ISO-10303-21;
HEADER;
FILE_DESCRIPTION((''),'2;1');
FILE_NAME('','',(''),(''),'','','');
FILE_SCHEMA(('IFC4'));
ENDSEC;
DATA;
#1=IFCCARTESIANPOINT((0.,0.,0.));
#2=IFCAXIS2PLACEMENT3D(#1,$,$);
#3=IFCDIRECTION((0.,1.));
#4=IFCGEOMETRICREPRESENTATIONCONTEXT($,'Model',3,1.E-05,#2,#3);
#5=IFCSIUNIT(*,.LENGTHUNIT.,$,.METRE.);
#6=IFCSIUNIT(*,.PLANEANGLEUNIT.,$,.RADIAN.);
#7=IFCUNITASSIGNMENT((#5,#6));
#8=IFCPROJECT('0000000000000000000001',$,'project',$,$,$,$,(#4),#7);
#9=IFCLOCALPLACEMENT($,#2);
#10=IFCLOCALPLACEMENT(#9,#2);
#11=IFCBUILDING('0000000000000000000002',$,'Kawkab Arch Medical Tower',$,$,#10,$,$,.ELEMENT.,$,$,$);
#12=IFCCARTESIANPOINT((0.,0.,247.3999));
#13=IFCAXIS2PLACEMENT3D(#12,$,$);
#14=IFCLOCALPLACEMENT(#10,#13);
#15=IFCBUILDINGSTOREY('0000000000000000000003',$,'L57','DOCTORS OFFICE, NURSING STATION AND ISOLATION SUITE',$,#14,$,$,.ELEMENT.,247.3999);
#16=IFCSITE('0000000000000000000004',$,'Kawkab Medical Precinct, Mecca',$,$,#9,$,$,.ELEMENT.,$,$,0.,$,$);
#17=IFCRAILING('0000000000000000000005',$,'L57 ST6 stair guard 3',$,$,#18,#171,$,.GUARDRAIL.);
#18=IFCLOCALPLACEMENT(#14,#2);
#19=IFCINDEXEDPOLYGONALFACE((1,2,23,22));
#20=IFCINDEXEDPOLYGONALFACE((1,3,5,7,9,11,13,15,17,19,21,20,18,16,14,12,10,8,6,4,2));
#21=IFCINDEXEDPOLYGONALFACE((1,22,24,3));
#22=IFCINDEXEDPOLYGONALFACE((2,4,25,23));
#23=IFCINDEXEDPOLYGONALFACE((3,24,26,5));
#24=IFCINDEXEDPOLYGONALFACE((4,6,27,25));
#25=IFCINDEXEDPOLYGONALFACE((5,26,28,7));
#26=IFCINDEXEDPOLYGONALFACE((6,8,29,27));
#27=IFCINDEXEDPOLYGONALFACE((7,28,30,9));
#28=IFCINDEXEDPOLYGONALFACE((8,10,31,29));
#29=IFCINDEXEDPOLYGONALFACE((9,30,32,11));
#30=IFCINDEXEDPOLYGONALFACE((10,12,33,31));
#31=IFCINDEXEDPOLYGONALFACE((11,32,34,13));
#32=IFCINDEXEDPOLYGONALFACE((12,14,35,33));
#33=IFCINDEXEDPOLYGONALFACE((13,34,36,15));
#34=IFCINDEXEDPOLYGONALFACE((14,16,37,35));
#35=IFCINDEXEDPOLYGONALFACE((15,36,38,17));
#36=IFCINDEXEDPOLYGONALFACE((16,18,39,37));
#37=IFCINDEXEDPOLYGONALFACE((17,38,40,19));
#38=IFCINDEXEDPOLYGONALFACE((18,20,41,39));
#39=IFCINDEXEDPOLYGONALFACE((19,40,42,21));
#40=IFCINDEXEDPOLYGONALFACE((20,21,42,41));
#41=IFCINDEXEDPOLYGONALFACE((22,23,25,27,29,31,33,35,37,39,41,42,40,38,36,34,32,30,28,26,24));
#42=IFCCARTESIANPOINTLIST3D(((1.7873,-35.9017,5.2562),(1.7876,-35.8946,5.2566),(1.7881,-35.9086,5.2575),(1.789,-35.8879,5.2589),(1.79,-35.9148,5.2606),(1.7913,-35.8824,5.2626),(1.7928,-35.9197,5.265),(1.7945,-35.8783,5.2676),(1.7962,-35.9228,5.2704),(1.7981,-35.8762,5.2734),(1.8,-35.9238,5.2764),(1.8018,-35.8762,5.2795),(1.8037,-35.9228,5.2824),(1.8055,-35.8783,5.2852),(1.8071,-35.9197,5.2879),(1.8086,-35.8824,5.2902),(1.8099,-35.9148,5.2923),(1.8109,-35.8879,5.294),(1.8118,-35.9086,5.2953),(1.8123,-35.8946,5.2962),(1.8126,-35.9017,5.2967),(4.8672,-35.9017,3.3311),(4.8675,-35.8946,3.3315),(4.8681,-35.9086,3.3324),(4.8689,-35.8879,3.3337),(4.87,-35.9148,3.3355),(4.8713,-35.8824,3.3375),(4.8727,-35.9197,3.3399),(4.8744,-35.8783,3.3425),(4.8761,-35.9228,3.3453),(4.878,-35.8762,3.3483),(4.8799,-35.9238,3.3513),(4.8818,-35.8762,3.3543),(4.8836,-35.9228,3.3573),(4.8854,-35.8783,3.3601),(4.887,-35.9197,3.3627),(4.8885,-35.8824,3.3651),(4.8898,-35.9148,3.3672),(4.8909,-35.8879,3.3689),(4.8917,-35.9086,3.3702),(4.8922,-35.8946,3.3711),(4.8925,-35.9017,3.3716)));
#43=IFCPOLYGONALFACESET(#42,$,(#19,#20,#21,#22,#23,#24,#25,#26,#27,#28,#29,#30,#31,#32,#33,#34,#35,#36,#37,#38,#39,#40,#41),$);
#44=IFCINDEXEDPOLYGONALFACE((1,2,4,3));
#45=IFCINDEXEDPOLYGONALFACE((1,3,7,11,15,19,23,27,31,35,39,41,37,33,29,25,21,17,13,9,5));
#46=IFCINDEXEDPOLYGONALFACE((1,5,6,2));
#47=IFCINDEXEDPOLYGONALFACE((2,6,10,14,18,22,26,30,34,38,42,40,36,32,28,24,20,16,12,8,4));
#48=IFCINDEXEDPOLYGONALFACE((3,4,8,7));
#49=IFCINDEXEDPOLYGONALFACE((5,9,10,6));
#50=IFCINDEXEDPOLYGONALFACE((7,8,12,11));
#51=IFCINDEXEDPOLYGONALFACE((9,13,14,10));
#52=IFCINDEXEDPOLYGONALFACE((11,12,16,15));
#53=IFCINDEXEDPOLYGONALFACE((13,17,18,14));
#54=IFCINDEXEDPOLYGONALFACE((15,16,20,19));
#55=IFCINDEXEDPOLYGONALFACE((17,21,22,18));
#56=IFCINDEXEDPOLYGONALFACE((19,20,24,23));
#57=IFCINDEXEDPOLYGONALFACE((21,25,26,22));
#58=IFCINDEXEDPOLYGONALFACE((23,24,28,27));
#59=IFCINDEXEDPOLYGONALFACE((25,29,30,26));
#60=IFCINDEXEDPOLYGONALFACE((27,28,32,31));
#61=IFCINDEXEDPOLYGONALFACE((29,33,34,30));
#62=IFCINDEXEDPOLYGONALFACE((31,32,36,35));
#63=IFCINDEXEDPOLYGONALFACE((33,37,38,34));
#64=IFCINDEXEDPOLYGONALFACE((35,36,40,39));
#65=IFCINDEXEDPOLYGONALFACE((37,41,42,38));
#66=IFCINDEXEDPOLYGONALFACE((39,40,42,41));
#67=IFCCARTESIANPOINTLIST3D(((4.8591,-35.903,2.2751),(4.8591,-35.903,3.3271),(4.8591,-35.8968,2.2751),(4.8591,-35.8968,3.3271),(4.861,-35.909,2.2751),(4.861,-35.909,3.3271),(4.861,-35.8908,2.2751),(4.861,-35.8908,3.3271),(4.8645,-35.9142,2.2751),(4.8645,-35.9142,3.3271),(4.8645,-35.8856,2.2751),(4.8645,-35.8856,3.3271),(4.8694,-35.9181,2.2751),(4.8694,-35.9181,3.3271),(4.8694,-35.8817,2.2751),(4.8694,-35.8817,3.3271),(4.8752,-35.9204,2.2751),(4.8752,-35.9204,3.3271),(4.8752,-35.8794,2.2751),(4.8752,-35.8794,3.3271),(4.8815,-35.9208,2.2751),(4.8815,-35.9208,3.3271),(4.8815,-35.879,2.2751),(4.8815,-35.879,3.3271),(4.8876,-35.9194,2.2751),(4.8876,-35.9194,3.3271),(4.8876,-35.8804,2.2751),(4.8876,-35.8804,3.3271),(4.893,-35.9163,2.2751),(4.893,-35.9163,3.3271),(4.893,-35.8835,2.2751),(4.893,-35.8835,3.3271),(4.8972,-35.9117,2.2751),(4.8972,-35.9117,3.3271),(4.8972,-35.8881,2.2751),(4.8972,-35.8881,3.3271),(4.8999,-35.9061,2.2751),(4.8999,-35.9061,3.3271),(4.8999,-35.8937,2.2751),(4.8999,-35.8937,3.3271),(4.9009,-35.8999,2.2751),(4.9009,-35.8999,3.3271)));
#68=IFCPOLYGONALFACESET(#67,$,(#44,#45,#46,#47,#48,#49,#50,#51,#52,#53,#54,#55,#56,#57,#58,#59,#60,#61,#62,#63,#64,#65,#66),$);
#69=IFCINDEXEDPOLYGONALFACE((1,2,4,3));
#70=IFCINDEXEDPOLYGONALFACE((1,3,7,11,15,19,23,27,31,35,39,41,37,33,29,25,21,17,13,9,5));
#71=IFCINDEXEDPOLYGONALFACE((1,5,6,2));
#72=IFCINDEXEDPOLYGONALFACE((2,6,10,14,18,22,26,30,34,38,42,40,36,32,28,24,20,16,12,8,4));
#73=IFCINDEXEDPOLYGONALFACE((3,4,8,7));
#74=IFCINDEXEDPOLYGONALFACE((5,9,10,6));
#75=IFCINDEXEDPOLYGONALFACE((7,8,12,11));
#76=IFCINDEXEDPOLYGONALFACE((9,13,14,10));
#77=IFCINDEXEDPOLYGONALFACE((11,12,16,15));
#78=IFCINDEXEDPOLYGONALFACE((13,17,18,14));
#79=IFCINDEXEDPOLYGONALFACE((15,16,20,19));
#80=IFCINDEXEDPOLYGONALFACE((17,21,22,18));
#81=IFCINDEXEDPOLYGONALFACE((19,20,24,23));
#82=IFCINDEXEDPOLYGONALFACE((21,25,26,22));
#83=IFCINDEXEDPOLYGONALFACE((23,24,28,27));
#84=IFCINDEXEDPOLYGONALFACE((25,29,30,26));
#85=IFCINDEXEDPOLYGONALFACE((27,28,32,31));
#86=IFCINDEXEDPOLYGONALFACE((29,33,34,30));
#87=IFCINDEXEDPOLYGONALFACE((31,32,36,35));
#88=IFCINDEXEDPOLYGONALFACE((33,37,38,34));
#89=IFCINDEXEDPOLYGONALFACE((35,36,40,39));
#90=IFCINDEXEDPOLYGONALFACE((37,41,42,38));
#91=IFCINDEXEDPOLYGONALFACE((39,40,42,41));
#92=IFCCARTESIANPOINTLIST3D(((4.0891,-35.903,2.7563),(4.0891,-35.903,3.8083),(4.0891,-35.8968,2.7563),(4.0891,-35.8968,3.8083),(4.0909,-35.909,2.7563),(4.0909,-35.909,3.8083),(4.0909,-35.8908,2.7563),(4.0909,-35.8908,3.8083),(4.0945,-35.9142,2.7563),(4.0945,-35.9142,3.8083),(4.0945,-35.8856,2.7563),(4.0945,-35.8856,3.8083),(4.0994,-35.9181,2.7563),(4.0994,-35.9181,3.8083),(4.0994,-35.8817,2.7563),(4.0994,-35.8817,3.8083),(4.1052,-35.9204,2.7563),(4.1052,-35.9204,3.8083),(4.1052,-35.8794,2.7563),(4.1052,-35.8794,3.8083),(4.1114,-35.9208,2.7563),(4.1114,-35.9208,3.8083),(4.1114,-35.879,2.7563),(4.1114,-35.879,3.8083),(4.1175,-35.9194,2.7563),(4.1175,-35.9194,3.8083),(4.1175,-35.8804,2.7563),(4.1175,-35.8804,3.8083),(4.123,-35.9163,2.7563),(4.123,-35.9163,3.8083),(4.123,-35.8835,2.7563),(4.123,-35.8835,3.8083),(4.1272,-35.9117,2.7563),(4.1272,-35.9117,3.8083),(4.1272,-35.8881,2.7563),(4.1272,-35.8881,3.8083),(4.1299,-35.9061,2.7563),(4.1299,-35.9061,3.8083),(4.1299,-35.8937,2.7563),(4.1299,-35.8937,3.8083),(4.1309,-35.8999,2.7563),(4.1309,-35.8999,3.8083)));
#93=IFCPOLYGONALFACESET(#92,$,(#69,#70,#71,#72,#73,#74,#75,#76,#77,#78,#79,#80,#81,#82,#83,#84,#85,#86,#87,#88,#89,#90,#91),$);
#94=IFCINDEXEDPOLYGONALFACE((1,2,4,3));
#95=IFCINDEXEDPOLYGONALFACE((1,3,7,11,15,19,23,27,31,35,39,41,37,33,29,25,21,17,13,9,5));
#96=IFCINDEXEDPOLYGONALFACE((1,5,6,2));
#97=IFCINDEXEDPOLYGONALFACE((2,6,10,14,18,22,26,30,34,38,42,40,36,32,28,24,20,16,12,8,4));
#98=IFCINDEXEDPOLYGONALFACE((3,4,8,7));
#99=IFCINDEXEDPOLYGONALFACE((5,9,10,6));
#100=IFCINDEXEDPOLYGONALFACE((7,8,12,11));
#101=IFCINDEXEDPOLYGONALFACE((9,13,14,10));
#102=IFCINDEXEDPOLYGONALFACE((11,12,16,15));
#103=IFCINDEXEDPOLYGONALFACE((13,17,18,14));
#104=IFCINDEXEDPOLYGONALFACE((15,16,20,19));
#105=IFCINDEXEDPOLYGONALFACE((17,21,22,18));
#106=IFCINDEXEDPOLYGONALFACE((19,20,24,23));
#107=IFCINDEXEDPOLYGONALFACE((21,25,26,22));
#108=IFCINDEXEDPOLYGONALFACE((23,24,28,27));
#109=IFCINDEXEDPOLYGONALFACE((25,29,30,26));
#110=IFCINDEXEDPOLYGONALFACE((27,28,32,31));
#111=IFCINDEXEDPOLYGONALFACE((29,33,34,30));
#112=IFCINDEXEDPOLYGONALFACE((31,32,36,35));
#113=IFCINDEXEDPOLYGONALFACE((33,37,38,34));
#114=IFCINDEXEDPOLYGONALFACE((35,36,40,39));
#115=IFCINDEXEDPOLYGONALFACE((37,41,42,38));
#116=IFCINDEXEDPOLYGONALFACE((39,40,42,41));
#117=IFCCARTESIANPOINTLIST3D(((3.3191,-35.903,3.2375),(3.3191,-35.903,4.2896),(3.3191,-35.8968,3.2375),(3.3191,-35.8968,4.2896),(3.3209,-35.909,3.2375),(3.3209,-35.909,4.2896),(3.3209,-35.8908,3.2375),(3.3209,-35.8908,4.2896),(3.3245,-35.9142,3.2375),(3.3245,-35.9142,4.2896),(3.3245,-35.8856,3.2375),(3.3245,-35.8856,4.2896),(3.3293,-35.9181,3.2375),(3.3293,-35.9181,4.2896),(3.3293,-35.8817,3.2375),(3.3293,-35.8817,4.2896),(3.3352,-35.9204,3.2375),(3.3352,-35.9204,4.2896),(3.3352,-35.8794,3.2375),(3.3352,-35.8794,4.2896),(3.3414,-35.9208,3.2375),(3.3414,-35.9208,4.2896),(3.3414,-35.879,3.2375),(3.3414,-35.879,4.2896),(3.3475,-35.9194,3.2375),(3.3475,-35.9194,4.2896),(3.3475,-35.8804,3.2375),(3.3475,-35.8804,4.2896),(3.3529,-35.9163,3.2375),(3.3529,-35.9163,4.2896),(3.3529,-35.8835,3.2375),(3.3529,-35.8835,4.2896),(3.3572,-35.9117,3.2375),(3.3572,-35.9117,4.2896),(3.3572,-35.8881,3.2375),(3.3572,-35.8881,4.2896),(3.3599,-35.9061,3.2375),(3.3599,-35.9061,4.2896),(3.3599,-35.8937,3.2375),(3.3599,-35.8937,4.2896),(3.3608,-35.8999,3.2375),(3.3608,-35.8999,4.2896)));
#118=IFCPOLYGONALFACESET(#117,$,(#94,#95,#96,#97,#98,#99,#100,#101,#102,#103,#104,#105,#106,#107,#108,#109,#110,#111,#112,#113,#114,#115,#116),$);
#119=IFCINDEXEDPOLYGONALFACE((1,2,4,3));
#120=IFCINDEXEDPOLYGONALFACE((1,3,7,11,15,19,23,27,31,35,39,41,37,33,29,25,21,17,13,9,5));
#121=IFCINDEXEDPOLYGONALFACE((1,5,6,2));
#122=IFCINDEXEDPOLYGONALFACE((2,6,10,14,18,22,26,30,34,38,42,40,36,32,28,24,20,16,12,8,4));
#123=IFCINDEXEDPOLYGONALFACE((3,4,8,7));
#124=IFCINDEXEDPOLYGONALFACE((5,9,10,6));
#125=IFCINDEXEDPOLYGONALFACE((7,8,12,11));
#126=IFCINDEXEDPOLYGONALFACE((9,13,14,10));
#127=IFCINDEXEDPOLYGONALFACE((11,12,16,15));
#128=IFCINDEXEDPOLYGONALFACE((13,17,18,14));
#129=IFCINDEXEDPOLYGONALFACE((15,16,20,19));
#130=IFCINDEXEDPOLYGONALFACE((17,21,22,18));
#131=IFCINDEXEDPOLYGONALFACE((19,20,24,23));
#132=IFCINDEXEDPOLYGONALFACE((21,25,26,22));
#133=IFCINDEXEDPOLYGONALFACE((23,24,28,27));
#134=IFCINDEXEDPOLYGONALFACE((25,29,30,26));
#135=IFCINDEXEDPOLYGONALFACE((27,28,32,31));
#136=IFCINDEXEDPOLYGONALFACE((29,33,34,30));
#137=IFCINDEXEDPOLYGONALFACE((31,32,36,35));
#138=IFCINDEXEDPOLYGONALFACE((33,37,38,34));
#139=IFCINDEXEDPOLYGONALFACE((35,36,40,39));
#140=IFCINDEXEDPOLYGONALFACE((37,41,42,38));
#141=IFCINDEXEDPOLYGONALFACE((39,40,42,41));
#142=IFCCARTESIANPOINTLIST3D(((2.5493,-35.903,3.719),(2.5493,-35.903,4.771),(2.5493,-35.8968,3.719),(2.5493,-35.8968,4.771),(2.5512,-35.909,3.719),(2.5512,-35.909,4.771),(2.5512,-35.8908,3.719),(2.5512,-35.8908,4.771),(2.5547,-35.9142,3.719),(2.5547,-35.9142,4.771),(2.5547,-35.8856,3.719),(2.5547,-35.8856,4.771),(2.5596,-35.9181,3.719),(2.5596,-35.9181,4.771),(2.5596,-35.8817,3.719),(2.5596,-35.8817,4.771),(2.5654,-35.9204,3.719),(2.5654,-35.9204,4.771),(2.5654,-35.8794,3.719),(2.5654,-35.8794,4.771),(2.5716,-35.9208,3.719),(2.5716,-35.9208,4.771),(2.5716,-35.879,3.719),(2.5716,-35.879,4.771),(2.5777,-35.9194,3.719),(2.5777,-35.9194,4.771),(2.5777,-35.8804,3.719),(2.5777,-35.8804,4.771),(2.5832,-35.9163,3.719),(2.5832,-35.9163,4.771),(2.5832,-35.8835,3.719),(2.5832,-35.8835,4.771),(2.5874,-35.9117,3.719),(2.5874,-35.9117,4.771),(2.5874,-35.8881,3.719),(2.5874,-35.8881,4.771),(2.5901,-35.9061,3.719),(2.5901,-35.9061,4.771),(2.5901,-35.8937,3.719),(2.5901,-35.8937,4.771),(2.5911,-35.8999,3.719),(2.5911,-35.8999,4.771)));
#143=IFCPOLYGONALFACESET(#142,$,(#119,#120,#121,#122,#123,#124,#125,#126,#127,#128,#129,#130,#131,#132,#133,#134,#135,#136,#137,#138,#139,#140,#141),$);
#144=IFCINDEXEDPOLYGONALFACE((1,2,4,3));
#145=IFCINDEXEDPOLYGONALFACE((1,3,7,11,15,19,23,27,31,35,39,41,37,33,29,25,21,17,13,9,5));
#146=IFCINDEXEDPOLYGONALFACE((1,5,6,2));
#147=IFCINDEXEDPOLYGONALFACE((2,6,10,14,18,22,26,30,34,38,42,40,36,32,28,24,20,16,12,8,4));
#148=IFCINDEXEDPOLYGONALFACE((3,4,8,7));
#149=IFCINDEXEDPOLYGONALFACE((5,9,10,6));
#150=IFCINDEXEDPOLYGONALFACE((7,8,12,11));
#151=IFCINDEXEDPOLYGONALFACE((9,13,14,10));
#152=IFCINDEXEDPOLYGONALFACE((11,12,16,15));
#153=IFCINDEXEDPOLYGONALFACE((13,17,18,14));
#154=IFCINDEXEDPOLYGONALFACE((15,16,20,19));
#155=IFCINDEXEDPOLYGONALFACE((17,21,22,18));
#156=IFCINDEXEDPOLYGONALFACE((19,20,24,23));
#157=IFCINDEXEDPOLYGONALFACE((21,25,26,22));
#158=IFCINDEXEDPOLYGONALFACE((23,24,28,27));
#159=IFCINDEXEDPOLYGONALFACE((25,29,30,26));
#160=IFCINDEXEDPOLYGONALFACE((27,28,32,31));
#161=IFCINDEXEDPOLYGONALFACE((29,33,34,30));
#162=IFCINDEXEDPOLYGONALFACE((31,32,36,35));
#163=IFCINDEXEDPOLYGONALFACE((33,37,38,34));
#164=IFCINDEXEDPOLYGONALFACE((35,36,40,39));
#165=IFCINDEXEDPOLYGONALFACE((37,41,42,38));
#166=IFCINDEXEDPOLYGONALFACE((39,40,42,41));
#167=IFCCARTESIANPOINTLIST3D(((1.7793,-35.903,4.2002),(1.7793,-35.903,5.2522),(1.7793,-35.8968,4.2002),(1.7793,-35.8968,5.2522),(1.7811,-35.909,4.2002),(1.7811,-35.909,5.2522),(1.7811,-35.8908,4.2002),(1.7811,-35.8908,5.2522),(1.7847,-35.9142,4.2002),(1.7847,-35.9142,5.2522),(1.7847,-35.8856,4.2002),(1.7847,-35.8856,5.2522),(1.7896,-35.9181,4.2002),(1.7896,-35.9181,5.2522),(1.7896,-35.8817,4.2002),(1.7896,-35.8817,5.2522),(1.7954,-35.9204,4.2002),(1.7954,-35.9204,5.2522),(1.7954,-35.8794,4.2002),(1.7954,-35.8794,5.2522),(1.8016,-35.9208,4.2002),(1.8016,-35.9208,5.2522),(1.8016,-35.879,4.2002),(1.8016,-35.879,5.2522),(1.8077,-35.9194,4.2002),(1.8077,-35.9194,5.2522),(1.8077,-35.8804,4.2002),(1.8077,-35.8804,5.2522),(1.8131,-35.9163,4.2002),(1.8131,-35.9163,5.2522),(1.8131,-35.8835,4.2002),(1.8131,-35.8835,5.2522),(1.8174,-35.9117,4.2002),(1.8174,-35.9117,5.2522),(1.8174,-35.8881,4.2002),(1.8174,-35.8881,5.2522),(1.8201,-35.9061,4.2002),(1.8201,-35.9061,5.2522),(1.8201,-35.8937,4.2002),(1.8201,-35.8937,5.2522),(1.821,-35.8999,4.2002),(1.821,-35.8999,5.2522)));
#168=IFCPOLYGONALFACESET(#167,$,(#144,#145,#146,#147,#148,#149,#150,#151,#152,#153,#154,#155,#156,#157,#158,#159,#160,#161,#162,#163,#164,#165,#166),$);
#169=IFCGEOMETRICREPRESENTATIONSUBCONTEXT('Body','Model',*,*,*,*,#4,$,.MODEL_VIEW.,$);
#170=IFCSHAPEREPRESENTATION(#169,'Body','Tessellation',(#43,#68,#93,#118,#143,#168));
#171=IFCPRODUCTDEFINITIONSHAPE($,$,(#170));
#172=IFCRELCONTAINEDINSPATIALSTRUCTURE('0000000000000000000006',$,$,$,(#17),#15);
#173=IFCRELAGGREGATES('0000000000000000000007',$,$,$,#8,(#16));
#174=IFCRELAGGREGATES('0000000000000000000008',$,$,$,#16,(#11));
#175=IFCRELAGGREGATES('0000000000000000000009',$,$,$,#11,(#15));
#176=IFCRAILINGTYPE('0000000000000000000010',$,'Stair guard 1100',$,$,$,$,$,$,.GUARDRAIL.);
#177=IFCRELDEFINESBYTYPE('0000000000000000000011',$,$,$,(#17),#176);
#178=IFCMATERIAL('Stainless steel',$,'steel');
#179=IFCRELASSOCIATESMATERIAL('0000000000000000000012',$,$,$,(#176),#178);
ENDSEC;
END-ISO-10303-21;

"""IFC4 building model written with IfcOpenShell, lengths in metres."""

from ifc_helpers import new_model, si_unit, direction, frame, origin, origin_2d, place, context, subcontext, project, spatial, circle, extrude, material, type_object, element, save


model = new_model("IFC4")

# Units and contexts
model_context = context("Model", 3, precision=1e-05, world=origin(), true_north=direction((0.0, 1.0)))
body_context = subcontext(model_context, "Body", "Model", "MODEL_VIEW")
ifc_project = project(units=[si_unit("LENGTHUNIT", "METRE"), si_unit("PLANEANGLEUNIT", "RADIAN")], contexts=[model_context])

# Site, building, storey
site_placement = place(None, origin())
site = spatial("IfcSite", under=ifc_project, at=site_placement, Name="Kawkab Medical Precinct, Mecca", CompositionType="ELEMENT", RefElevation=0.0)
building_placement = place(site_placement, origin())
building = spatial("IfcBuilding", under=site, at=building_placement, Name="Kawkab Arch Medical Tower", CompositionType="ELEMENT")
storey_placement = place(building_placement, frame((0.0, 0.0, 247.3999)))
storey = spatial("IfcBuildingStorey", under=building, at=storey_placement, Name="L57", Description="DOCTORS OFFICE, NURSING STATION AND ISOLATION SUITE", CompositionType="ELEMENT", Elevation=247.3999)

# Railing
ifc_material_1 = material(Name="Stainless steel", Category="steel")
railing_type = type_object("IfcRailingType", Name="Stair guard 1100", PredefinedType="GUARDRAIL", material=ifc_material_1)
railing_1_placement = place(storey_placement, frame((4.8799, -35.8999, 2.2751)))
element("IfcRailing", 1, at=railing_1_placement, inside=storey, type_object=railing_type, Name="L57 ST6 stair guard 3", PredefinedType="GUARDRAIL", context=body_context, shape_type="SweptSolid", body=[
    extrude(circle(Radius=0.0239, at=origin_2d()), frame((0.0, 0.0, 1.0762), z_axis=(-0.847979, 0.0, 0.530029), x_axis=(0.0, -1.0, 0.0)), (0.0, 0.0, 1.0), 3.6321),
    extrude(circle(Radius=0.021, at=origin_2d()), origin(), (0.0, 0.0, 1.0), 1.052),
    extrude(circle(Radius=0.021, at=origin_2d()), frame((-0.77, 0.0, 0.4812)), (0.0, 0.0, 1.0), 1.052),
    extrude(circle(Radius=0.021, at=origin_2d()), frame((-1.54, 0.0, 0.9624)), (0.0, 0.0, 1.0), 1.052),
    extrude(circle(Radius=0.021, at=origin_2d()), frame((-2.3098, 0.0, 1.4438)), (0.0, 0.0, 1.0), 1.052),
    extrude(circle(Radius=0.021, at=origin_2d()), frame((-3.0798, 0.0, 1.925)), (0.0, 0.0, 1.0), 1.052),
])

save(model, "model.ifc")
